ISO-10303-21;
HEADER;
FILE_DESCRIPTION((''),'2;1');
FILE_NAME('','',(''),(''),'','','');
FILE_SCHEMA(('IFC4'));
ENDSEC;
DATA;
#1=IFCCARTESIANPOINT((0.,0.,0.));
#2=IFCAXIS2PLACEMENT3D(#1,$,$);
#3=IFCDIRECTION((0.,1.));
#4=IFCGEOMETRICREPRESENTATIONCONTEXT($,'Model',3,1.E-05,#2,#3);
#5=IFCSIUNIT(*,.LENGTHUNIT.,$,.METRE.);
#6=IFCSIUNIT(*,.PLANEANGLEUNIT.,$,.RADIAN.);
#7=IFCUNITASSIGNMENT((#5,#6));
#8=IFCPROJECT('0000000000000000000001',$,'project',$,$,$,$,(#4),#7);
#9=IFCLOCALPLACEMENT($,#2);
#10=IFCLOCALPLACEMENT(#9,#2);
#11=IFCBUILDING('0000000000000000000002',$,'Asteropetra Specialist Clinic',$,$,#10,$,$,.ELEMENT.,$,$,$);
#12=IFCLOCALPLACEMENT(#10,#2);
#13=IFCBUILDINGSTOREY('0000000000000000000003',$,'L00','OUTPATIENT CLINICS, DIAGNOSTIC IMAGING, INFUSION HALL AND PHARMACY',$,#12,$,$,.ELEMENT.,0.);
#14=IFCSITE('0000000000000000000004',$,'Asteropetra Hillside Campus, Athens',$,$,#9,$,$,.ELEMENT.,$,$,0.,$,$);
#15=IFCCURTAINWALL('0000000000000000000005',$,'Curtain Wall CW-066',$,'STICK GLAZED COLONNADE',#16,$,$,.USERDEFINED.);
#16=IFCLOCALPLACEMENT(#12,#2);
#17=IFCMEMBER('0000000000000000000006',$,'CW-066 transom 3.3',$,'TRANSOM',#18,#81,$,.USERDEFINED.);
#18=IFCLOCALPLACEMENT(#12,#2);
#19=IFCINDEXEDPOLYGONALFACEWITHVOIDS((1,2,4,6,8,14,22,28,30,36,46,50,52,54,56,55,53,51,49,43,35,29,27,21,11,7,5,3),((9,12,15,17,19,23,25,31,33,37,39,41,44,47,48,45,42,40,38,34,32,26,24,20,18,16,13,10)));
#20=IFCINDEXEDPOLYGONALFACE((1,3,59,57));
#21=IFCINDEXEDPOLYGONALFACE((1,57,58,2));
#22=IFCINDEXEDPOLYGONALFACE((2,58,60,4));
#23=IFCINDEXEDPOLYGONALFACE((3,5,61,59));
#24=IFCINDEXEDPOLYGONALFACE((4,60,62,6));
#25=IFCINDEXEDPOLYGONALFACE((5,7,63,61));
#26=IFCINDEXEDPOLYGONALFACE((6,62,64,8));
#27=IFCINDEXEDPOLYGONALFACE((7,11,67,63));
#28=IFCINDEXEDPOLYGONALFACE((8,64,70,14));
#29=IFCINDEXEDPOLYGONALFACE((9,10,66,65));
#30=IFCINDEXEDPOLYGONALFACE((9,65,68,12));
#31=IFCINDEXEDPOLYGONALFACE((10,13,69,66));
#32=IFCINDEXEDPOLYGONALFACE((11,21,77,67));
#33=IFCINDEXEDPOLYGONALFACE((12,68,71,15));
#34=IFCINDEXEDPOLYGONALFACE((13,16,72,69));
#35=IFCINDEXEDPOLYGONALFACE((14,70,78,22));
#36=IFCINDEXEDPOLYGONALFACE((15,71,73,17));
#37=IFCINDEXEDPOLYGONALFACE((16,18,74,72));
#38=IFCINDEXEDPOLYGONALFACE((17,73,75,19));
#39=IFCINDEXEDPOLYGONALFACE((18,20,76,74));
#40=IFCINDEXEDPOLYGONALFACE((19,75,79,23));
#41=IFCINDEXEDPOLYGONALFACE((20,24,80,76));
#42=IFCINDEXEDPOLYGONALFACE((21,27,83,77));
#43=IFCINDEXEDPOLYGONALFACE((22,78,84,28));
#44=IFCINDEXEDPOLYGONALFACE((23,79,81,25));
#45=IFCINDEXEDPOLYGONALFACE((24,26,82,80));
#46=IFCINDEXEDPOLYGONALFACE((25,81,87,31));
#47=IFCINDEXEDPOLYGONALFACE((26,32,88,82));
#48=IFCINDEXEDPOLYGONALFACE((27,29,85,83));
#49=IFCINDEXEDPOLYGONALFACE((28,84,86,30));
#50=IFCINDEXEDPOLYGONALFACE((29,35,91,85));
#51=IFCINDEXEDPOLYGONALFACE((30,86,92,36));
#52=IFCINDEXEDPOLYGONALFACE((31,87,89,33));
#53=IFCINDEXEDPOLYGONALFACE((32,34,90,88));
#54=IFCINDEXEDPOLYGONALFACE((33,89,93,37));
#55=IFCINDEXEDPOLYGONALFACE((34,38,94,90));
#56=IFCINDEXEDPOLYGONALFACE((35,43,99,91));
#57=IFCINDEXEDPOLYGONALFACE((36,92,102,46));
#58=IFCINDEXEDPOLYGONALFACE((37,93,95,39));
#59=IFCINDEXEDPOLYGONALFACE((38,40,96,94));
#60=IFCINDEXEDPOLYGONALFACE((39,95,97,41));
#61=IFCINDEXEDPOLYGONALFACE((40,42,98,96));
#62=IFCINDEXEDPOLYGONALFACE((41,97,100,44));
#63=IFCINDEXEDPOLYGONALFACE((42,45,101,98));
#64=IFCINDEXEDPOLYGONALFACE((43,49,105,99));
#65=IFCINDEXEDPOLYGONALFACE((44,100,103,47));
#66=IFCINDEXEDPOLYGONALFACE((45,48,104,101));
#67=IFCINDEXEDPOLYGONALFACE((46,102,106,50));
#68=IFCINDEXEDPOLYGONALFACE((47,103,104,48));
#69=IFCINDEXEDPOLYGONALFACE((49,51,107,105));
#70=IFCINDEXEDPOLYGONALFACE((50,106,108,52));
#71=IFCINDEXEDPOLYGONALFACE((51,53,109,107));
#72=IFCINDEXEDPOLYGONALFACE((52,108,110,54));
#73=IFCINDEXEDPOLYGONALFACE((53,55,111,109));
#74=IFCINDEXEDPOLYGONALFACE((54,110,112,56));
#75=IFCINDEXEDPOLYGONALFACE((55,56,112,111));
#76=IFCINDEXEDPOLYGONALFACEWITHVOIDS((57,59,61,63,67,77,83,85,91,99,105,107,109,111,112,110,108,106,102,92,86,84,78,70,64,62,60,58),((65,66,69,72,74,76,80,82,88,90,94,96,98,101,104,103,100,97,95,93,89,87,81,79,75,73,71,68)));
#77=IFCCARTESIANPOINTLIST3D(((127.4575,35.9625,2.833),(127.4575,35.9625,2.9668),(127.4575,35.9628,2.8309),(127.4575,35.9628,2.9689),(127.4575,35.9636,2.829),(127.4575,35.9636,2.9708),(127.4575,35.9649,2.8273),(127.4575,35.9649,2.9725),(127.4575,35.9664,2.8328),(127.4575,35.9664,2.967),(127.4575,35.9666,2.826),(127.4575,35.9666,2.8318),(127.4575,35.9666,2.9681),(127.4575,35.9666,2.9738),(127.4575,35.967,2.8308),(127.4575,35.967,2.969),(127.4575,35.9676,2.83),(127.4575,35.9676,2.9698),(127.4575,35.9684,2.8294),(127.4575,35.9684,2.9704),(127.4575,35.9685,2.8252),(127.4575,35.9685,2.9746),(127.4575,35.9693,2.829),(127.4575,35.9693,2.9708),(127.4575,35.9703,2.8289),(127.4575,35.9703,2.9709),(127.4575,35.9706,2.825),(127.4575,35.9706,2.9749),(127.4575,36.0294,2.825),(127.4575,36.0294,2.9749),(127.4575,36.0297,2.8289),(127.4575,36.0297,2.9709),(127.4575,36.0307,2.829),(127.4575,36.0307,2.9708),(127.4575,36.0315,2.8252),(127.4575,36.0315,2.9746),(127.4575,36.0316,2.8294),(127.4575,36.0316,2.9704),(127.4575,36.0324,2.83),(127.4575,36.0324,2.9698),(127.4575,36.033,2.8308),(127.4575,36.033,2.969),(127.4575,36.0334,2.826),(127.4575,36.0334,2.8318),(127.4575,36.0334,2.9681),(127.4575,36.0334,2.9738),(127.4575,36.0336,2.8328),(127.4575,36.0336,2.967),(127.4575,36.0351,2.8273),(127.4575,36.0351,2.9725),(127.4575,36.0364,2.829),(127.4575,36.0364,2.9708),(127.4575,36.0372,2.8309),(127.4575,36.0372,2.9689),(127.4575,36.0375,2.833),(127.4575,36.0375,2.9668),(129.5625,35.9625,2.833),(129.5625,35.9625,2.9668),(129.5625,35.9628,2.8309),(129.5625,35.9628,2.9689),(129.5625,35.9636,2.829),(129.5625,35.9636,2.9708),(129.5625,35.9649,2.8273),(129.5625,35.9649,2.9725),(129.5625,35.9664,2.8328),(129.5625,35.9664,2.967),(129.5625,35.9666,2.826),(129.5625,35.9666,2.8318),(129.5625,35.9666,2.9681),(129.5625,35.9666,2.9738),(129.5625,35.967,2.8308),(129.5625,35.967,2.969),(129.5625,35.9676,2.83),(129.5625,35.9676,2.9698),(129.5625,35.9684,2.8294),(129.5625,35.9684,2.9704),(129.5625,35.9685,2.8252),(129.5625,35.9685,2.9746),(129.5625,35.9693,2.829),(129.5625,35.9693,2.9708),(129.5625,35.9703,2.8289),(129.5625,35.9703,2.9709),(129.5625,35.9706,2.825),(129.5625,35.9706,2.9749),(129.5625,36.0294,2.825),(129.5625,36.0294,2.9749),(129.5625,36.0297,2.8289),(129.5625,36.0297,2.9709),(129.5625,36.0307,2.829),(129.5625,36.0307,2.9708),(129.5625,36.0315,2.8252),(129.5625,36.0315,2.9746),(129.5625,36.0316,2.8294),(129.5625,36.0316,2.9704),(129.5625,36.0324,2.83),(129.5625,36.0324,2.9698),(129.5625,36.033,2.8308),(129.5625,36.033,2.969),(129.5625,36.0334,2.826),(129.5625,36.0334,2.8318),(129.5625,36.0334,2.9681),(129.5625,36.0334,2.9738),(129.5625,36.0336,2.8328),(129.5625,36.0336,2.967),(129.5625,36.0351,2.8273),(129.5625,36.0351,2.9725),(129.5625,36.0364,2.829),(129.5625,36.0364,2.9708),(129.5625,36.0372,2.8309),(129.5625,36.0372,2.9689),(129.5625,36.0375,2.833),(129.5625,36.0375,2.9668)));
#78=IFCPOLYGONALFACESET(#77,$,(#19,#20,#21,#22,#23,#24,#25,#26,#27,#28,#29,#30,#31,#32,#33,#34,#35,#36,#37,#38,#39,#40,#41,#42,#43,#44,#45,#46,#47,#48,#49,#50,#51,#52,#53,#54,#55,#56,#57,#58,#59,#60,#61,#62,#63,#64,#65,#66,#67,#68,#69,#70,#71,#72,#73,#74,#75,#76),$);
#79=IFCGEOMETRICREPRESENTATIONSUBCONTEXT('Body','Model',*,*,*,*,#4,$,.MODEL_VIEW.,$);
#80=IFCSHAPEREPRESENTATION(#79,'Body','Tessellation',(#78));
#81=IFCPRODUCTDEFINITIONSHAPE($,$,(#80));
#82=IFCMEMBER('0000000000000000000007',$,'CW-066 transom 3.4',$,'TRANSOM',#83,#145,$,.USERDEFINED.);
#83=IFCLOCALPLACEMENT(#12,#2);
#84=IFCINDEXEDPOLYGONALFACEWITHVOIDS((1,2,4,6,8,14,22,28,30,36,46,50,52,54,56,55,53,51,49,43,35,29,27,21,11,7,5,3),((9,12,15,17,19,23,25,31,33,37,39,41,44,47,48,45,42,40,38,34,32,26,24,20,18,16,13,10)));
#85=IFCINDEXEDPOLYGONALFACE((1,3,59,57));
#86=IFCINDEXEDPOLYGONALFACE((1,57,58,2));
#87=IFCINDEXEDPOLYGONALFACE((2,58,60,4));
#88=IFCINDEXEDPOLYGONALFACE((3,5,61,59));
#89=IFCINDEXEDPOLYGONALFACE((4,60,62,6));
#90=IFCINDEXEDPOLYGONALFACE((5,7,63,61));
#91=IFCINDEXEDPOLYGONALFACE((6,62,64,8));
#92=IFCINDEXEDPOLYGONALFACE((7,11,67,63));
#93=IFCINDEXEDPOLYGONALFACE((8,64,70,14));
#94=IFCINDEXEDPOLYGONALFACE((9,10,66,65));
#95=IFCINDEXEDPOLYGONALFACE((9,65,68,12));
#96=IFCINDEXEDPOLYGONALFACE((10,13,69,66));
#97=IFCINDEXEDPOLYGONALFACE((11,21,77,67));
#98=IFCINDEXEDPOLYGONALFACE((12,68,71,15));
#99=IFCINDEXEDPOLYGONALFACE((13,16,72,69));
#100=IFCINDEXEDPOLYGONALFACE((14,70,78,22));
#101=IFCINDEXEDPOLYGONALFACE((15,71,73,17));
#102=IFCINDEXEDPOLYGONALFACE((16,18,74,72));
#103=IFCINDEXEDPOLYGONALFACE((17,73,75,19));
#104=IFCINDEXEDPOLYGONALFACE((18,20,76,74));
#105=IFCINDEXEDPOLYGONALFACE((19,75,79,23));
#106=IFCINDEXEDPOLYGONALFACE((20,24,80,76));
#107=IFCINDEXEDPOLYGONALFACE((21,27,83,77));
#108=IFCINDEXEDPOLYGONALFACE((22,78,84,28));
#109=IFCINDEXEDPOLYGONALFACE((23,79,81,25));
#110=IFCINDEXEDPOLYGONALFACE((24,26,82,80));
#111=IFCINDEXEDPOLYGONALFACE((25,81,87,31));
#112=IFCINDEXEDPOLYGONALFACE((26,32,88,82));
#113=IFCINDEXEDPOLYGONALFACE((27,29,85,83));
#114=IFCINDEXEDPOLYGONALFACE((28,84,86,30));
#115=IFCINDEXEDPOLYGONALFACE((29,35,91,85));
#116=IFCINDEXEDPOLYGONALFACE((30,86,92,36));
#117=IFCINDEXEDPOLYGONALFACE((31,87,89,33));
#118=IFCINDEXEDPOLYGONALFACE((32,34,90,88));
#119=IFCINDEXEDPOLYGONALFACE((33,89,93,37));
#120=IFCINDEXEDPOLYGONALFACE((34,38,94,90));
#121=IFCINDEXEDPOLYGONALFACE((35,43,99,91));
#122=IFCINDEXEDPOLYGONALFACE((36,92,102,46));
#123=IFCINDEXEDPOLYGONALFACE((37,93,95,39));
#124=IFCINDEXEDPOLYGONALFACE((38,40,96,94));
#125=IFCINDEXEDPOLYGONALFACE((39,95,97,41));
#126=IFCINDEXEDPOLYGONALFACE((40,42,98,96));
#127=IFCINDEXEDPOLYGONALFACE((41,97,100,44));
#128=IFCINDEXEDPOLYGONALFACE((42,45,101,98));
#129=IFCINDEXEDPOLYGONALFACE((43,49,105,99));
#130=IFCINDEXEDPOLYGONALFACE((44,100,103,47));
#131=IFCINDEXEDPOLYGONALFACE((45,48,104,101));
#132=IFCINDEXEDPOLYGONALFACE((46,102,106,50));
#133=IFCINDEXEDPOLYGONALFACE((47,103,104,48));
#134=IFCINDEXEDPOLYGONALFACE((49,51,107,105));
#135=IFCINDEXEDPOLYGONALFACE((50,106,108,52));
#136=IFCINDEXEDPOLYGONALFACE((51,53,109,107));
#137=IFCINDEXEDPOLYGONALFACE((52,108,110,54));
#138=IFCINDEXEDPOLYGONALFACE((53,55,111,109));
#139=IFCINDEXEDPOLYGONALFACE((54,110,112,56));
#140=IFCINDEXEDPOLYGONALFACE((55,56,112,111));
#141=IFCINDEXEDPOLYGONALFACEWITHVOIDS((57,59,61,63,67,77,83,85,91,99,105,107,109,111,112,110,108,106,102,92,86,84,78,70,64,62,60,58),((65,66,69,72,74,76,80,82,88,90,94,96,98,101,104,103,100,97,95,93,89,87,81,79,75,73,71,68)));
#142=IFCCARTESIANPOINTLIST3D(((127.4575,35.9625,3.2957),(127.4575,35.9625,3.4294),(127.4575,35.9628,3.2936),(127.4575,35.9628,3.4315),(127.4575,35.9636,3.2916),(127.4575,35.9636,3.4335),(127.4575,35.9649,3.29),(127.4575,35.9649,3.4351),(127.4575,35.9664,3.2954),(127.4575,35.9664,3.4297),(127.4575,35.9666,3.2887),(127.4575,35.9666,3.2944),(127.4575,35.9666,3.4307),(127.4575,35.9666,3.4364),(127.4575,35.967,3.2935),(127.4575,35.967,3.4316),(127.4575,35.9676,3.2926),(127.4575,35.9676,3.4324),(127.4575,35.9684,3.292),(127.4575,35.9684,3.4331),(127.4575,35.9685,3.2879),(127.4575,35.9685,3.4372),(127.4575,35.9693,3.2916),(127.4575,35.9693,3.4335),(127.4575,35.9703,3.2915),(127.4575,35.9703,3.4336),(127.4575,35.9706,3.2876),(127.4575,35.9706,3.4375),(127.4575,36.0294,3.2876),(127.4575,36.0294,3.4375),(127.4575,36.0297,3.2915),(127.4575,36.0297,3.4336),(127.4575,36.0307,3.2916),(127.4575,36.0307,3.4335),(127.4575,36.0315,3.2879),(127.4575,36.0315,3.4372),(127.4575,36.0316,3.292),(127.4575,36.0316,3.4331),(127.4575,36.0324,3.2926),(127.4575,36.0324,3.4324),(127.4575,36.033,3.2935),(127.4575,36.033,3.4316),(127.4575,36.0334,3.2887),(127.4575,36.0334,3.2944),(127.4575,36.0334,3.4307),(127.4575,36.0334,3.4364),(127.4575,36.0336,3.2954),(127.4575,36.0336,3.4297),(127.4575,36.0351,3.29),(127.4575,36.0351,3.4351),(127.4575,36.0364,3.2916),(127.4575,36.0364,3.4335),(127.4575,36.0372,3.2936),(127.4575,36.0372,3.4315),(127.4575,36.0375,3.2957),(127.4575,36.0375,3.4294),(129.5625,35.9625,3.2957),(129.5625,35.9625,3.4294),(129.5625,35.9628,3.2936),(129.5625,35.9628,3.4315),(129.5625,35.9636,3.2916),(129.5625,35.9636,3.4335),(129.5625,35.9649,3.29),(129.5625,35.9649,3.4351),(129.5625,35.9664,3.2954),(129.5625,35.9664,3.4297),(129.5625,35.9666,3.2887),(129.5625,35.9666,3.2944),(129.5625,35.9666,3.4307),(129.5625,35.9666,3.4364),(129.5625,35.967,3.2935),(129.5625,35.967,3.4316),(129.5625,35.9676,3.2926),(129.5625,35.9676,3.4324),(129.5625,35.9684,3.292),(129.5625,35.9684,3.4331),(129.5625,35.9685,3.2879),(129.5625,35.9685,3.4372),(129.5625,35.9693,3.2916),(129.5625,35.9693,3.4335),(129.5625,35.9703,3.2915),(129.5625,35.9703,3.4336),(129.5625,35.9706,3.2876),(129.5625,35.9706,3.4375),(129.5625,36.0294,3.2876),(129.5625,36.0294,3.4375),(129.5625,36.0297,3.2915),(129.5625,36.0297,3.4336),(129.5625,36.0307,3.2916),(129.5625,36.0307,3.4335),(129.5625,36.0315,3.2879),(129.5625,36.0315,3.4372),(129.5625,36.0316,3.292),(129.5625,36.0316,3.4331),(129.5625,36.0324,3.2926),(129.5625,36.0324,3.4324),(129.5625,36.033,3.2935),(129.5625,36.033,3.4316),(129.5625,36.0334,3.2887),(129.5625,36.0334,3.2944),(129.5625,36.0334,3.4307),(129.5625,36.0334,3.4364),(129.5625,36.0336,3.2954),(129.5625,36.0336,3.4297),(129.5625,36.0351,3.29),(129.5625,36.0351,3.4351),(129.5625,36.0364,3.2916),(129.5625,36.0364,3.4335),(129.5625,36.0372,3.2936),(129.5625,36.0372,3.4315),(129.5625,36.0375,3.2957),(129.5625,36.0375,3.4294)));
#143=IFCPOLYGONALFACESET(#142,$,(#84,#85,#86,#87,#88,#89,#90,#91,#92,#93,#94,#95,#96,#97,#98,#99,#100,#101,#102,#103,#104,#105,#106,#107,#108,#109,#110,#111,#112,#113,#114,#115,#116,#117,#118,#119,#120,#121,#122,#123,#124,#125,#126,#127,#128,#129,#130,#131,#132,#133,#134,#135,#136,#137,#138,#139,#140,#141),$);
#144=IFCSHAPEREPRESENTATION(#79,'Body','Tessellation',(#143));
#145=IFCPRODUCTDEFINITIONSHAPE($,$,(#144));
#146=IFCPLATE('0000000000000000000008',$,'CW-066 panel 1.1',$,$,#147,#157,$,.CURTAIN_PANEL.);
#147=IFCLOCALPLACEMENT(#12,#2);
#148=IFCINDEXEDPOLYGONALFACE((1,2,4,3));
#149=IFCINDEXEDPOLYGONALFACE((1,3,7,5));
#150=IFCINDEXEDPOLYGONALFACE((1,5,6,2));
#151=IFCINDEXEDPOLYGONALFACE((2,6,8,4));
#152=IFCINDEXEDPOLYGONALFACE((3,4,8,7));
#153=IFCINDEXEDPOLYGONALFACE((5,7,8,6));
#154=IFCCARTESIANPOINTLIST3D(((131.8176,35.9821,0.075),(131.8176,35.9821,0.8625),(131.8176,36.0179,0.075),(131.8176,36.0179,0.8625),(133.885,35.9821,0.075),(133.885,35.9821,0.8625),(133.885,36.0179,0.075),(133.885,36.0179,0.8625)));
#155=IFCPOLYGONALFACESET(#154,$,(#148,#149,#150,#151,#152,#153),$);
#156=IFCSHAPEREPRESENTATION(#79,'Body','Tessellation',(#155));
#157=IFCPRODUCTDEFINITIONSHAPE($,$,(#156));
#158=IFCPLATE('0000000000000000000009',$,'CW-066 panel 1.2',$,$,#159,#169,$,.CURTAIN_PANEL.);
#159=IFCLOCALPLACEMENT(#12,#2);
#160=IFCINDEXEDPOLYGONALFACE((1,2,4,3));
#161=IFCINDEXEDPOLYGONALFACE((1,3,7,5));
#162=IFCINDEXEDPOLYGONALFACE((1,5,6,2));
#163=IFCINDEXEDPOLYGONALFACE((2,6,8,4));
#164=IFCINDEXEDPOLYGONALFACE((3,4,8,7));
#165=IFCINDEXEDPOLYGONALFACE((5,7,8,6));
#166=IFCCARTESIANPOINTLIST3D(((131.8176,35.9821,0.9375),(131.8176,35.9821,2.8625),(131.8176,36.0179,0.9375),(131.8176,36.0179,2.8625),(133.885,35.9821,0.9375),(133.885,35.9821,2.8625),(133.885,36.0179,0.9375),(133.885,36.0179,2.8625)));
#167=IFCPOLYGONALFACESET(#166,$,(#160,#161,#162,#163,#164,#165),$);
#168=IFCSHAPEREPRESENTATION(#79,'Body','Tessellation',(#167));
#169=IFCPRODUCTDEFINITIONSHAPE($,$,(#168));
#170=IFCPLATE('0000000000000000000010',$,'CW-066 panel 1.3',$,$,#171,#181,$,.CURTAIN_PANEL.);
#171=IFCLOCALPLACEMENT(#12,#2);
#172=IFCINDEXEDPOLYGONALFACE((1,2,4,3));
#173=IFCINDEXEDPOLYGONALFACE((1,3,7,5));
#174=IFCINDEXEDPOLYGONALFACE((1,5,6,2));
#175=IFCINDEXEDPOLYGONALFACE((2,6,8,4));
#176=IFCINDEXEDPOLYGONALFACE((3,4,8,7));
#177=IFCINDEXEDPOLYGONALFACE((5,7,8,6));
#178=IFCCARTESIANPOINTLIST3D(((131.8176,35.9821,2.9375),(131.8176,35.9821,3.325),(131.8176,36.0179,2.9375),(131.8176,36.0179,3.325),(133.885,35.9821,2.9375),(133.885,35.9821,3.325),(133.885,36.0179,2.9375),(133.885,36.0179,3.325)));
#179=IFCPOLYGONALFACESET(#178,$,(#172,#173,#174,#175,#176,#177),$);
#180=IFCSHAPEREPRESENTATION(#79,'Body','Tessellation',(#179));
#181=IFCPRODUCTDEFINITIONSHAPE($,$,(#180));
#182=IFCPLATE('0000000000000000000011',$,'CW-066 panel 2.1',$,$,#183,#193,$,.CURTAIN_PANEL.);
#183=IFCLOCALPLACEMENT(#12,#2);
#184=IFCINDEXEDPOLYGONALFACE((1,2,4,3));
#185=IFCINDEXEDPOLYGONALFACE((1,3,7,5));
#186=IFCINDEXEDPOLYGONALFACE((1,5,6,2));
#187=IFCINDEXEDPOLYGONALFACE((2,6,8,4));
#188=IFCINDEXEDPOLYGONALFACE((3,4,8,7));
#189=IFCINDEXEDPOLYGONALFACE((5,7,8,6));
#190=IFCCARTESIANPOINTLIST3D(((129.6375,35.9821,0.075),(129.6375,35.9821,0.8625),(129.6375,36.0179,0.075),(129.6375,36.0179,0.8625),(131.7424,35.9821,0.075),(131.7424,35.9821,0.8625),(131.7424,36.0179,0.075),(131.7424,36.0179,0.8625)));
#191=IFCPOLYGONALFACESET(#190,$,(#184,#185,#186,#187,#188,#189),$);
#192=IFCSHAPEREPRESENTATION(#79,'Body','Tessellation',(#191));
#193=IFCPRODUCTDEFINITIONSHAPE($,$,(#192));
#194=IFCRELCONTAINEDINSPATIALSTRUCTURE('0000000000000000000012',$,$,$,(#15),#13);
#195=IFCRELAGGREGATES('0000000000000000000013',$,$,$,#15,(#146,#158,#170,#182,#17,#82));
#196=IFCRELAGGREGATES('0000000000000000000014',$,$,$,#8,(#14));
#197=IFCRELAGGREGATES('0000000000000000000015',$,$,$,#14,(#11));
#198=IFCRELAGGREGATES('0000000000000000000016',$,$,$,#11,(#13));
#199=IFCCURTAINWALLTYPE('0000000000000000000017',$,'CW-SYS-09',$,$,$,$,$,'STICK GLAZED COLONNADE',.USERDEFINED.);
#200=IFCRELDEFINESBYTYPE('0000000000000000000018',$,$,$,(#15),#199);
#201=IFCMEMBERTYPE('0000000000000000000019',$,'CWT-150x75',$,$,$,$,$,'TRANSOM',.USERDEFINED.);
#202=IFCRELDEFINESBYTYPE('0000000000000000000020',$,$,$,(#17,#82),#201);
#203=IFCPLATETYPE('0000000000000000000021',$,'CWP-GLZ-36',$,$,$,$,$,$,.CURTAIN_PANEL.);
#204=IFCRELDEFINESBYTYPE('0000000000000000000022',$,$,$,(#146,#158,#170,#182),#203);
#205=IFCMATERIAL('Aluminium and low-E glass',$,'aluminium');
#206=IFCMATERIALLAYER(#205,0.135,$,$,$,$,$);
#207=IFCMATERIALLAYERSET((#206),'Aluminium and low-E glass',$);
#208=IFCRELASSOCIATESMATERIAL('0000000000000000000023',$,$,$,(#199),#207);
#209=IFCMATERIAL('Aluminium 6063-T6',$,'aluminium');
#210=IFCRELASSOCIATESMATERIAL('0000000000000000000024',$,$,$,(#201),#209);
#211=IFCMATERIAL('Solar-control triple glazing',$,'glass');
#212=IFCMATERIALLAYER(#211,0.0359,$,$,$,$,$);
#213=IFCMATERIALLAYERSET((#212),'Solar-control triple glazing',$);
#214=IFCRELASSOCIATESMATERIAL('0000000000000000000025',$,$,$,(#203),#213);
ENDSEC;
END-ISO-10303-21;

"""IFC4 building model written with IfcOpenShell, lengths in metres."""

from ifc_helpers import new_model, si_unit, direction, frame, origin, origin_2d, place, context, subcontext, project, spatial, rectangle, hollow_rectangle, extrude, material, layer, layer_set, material_profile, profile_set, type_object, element, aggregate, save


model = new_model("IFC4")

# Units and contexts
model_context = context("Model", 3, precision=1e-05, world=origin(), true_north=direction((0.0, 1.0)))
body_context = subcontext(model_context, "Body", "Model", "MODEL_VIEW")
ifc_project = project(units=[si_unit("LENGTHUNIT", "METRE"), si_unit("PLANEANGLEUNIT", "RADIAN")], contexts=[model_context])

# Site, building, storey
site_placement = place(None, origin())
site = spatial("IfcSite", under=ifc_project, at=site_placement, Name="Asteropetra Hillside Campus, Athens", CompositionType="ELEMENT", RefElevation=0.0)
building_placement = place(site_placement, origin())
building = spatial("IfcBuilding", under=site, at=building_placement, Name="Asteropetra Specialist Clinic", CompositionType="ELEMENT")
storey_placement = place(building_placement, origin())
storey = spatial("IfcBuildingStorey", under=building, at=storey_placement, Name="L00", Description="OUTPATIENT CLINICS, DIAGNOSTIC IMAGING, INFUSION HALL AND PHARMACY", CompositionType="ELEMENT", Elevation=0.0)

# Curtain wall, members, plates
ifc_material_1 = material(Name="Aluminium and low-E glass", Category="aluminium")
ifc_layer_1 = layer(ifc_material_1, 0.135)
ifc_layer_set_1 = layer_set([ifc_layer_1], Name="Aluminium and low-E glass")
curtain_wall_type = type_object("IfcCurtainWallType", Name="CW-SYS-09", ElementType="STICK GLAZED COLONNADE", PredefinedType="USERDEFINED", material=ifc_layer_set_1)
curtain_wall_placement = place(storey_placement, origin())
curtain_wall = element("IfcCurtainWall", 1, at=curtain_wall_placement, inside=storey, type_object=curtain_wall_type, Name="Curtain Wall CW-066", ObjectType="STICK GLAZED COLONNADE", PredefinedType="USERDEFINED")
ifc_material_2 = material(Name="Aluminium 6063-T6", Category="aluminium")
ifc_material_profile_1 = material_profile(ifc_material_2, hollow_rectangle(XDim=0.075, YDim=0.1499, WallThickness=0.0039, InnerFilletRadius=0.0039, OuterFilletRadius=0.0081, at=origin_2d()), Name="TRN 150x75x4.0")
ifc_profile_set_1 = profile_set([ifc_material_profile_1], Name="Aluminium 6063-T6")
member_type_1 = type_object("IfcMemberType", Name="CWT-150x75", ElementType="TRANSOM", PredefinedType="USERDEFINED", material=ifc_profile_set_1)
member_1_placement = place(storey_placement, frame((129.5625, 36.0, 2.8999), z_axis=(-1.0, 0.0, 0.0), x_axis=(0.0, -1.0, 0.0)))
member_1 = element("IfcMember", 2, at=member_1_placement, type_object=member_type_1, Name="CW-066 transom 3.3", ObjectType="TRANSOM", PredefinedType="USERDEFINED", context=body_context, shape_type="SweptSolid", body=[
    extrude(hollow_rectangle(XDim=0.075, YDim=0.1499, WallThickness=0.0039, InnerFilletRadius=0.0039, OuterFilletRadius=0.0081, at=origin_2d()), origin(), (0.0, 0.0, 1.0), 2.105),
])
member_2_placement = place(storey_placement, frame((129.5625, 36.0, 3.3625), z_axis=(-1.0, 0.0, 0.0), x_axis=(0.0, -1.0, 0.0)))
member_2 = element("IfcMember", 3, at=member_2_placement, type_object=member_type_1, Name="CW-066 transom 3.4", ObjectType="TRANSOM", PredefinedType="USERDEFINED", context=body_context, shape_type="SweptSolid", body=[
    extrude(hollow_rectangle(XDim=0.075, YDim=0.1499, WallThickness=0.0039, InnerFilletRadius=0.0039, OuterFilletRadius=0.0081, at=origin_2d()), origin(), (0.0, 0.0, 1.0), 2.105),
])
ifc_material_3 = material(Name="Solar-control triple glazing", Category="glass")
ifc_layer_2 = layer(ifc_material_3, 0.0359)
ifc_layer_set_2 = layer_set([ifc_layer_2], Name="Solar-control triple glazing")
plate_type = type_object("IfcPlateType", Name="CWP-GLZ-36", PredefinedType="CURTAIN_PANEL", material=ifc_layer_set_2)
plate_1_placement = place(storey_placement, frame((132.8513, 36.0, 0.075), z_axis=(0.0, 0.0, 1.0), x_axis=(-1.0, 0.0, 0.0)))
plate_1 = element("IfcPlate", 4, at=plate_1_placement, type_object=plate_type, Name="CW-066 panel 1.1", PredefinedType="CURTAIN_PANEL", context=body_context, shape_type="SweptSolid", body=[
    extrude(rectangle(XDim=2.0674, YDim=0.0359, at=origin_2d()), origin(), (0.0, 0.0, 1.0), 0.7876),
])
plate_2_placement = place(storey_placement, frame((132.8513, 36.0, 0.9375), z_axis=(0.0, 0.0, 1.0), x_axis=(-1.0, 0.0, 0.0)))
plate_2 = element("IfcPlate", 5, at=plate_2_placement, type_object=plate_type, Name="CW-066 panel 1.2", PredefinedType="CURTAIN_PANEL", context=body_context, shape_type="SweptSolid", body=[
    extrude(rectangle(XDim=2.0674, YDim=0.0359, at=origin_2d()), origin(), (0.0, 0.0, 1.0), 1.925),
])
plate_3_placement = place(storey_placement, frame((132.8513, 36.0, 2.9375), z_axis=(0.0, 0.0, 1.0), x_axis=(-1.0, 0.0, 0.0)))
plate_3 = element("IfcPlate", 6, at=plate_3_placement, type_object=plate_type, Name="CW-066 panel 1.3", PredefinedType="CURTAIN_PANEL", context=body_context, shape_type="SweptSolid", body=[
    extrude(rectangle(XDim=2.0674, YDim=0.0359, at=origin_2d()), origin(), (0.0, 0.0, 1.0), 0.3875),
])
plate_4_placement = place(storey_placement, frame((130.6899, 36.0, 0.075), z_axis=(0.0, 0.0, 1.0), x_axis=(-1.0, 0.0, 0.0)))
plate_4 = element("IfcPlate", 7, at=plate_4_placement, type_object=plate_type, Name="CW-066 panel 2.1", PredefinedType="CURTAIN_PANEL", context=body_context, shape_type="SweptSolid", body=[
    extrude(rectangle(XDim=2.105, YDim=0.0359, at=origin_2d()), origin(), (0.0, 0.0, 1.0), 0.7876),
])
aggregate(curtain_wall, [plate_1, plate_2, plate_3, plate_4, member_1, member_2])

save(model, "model.ifc")
